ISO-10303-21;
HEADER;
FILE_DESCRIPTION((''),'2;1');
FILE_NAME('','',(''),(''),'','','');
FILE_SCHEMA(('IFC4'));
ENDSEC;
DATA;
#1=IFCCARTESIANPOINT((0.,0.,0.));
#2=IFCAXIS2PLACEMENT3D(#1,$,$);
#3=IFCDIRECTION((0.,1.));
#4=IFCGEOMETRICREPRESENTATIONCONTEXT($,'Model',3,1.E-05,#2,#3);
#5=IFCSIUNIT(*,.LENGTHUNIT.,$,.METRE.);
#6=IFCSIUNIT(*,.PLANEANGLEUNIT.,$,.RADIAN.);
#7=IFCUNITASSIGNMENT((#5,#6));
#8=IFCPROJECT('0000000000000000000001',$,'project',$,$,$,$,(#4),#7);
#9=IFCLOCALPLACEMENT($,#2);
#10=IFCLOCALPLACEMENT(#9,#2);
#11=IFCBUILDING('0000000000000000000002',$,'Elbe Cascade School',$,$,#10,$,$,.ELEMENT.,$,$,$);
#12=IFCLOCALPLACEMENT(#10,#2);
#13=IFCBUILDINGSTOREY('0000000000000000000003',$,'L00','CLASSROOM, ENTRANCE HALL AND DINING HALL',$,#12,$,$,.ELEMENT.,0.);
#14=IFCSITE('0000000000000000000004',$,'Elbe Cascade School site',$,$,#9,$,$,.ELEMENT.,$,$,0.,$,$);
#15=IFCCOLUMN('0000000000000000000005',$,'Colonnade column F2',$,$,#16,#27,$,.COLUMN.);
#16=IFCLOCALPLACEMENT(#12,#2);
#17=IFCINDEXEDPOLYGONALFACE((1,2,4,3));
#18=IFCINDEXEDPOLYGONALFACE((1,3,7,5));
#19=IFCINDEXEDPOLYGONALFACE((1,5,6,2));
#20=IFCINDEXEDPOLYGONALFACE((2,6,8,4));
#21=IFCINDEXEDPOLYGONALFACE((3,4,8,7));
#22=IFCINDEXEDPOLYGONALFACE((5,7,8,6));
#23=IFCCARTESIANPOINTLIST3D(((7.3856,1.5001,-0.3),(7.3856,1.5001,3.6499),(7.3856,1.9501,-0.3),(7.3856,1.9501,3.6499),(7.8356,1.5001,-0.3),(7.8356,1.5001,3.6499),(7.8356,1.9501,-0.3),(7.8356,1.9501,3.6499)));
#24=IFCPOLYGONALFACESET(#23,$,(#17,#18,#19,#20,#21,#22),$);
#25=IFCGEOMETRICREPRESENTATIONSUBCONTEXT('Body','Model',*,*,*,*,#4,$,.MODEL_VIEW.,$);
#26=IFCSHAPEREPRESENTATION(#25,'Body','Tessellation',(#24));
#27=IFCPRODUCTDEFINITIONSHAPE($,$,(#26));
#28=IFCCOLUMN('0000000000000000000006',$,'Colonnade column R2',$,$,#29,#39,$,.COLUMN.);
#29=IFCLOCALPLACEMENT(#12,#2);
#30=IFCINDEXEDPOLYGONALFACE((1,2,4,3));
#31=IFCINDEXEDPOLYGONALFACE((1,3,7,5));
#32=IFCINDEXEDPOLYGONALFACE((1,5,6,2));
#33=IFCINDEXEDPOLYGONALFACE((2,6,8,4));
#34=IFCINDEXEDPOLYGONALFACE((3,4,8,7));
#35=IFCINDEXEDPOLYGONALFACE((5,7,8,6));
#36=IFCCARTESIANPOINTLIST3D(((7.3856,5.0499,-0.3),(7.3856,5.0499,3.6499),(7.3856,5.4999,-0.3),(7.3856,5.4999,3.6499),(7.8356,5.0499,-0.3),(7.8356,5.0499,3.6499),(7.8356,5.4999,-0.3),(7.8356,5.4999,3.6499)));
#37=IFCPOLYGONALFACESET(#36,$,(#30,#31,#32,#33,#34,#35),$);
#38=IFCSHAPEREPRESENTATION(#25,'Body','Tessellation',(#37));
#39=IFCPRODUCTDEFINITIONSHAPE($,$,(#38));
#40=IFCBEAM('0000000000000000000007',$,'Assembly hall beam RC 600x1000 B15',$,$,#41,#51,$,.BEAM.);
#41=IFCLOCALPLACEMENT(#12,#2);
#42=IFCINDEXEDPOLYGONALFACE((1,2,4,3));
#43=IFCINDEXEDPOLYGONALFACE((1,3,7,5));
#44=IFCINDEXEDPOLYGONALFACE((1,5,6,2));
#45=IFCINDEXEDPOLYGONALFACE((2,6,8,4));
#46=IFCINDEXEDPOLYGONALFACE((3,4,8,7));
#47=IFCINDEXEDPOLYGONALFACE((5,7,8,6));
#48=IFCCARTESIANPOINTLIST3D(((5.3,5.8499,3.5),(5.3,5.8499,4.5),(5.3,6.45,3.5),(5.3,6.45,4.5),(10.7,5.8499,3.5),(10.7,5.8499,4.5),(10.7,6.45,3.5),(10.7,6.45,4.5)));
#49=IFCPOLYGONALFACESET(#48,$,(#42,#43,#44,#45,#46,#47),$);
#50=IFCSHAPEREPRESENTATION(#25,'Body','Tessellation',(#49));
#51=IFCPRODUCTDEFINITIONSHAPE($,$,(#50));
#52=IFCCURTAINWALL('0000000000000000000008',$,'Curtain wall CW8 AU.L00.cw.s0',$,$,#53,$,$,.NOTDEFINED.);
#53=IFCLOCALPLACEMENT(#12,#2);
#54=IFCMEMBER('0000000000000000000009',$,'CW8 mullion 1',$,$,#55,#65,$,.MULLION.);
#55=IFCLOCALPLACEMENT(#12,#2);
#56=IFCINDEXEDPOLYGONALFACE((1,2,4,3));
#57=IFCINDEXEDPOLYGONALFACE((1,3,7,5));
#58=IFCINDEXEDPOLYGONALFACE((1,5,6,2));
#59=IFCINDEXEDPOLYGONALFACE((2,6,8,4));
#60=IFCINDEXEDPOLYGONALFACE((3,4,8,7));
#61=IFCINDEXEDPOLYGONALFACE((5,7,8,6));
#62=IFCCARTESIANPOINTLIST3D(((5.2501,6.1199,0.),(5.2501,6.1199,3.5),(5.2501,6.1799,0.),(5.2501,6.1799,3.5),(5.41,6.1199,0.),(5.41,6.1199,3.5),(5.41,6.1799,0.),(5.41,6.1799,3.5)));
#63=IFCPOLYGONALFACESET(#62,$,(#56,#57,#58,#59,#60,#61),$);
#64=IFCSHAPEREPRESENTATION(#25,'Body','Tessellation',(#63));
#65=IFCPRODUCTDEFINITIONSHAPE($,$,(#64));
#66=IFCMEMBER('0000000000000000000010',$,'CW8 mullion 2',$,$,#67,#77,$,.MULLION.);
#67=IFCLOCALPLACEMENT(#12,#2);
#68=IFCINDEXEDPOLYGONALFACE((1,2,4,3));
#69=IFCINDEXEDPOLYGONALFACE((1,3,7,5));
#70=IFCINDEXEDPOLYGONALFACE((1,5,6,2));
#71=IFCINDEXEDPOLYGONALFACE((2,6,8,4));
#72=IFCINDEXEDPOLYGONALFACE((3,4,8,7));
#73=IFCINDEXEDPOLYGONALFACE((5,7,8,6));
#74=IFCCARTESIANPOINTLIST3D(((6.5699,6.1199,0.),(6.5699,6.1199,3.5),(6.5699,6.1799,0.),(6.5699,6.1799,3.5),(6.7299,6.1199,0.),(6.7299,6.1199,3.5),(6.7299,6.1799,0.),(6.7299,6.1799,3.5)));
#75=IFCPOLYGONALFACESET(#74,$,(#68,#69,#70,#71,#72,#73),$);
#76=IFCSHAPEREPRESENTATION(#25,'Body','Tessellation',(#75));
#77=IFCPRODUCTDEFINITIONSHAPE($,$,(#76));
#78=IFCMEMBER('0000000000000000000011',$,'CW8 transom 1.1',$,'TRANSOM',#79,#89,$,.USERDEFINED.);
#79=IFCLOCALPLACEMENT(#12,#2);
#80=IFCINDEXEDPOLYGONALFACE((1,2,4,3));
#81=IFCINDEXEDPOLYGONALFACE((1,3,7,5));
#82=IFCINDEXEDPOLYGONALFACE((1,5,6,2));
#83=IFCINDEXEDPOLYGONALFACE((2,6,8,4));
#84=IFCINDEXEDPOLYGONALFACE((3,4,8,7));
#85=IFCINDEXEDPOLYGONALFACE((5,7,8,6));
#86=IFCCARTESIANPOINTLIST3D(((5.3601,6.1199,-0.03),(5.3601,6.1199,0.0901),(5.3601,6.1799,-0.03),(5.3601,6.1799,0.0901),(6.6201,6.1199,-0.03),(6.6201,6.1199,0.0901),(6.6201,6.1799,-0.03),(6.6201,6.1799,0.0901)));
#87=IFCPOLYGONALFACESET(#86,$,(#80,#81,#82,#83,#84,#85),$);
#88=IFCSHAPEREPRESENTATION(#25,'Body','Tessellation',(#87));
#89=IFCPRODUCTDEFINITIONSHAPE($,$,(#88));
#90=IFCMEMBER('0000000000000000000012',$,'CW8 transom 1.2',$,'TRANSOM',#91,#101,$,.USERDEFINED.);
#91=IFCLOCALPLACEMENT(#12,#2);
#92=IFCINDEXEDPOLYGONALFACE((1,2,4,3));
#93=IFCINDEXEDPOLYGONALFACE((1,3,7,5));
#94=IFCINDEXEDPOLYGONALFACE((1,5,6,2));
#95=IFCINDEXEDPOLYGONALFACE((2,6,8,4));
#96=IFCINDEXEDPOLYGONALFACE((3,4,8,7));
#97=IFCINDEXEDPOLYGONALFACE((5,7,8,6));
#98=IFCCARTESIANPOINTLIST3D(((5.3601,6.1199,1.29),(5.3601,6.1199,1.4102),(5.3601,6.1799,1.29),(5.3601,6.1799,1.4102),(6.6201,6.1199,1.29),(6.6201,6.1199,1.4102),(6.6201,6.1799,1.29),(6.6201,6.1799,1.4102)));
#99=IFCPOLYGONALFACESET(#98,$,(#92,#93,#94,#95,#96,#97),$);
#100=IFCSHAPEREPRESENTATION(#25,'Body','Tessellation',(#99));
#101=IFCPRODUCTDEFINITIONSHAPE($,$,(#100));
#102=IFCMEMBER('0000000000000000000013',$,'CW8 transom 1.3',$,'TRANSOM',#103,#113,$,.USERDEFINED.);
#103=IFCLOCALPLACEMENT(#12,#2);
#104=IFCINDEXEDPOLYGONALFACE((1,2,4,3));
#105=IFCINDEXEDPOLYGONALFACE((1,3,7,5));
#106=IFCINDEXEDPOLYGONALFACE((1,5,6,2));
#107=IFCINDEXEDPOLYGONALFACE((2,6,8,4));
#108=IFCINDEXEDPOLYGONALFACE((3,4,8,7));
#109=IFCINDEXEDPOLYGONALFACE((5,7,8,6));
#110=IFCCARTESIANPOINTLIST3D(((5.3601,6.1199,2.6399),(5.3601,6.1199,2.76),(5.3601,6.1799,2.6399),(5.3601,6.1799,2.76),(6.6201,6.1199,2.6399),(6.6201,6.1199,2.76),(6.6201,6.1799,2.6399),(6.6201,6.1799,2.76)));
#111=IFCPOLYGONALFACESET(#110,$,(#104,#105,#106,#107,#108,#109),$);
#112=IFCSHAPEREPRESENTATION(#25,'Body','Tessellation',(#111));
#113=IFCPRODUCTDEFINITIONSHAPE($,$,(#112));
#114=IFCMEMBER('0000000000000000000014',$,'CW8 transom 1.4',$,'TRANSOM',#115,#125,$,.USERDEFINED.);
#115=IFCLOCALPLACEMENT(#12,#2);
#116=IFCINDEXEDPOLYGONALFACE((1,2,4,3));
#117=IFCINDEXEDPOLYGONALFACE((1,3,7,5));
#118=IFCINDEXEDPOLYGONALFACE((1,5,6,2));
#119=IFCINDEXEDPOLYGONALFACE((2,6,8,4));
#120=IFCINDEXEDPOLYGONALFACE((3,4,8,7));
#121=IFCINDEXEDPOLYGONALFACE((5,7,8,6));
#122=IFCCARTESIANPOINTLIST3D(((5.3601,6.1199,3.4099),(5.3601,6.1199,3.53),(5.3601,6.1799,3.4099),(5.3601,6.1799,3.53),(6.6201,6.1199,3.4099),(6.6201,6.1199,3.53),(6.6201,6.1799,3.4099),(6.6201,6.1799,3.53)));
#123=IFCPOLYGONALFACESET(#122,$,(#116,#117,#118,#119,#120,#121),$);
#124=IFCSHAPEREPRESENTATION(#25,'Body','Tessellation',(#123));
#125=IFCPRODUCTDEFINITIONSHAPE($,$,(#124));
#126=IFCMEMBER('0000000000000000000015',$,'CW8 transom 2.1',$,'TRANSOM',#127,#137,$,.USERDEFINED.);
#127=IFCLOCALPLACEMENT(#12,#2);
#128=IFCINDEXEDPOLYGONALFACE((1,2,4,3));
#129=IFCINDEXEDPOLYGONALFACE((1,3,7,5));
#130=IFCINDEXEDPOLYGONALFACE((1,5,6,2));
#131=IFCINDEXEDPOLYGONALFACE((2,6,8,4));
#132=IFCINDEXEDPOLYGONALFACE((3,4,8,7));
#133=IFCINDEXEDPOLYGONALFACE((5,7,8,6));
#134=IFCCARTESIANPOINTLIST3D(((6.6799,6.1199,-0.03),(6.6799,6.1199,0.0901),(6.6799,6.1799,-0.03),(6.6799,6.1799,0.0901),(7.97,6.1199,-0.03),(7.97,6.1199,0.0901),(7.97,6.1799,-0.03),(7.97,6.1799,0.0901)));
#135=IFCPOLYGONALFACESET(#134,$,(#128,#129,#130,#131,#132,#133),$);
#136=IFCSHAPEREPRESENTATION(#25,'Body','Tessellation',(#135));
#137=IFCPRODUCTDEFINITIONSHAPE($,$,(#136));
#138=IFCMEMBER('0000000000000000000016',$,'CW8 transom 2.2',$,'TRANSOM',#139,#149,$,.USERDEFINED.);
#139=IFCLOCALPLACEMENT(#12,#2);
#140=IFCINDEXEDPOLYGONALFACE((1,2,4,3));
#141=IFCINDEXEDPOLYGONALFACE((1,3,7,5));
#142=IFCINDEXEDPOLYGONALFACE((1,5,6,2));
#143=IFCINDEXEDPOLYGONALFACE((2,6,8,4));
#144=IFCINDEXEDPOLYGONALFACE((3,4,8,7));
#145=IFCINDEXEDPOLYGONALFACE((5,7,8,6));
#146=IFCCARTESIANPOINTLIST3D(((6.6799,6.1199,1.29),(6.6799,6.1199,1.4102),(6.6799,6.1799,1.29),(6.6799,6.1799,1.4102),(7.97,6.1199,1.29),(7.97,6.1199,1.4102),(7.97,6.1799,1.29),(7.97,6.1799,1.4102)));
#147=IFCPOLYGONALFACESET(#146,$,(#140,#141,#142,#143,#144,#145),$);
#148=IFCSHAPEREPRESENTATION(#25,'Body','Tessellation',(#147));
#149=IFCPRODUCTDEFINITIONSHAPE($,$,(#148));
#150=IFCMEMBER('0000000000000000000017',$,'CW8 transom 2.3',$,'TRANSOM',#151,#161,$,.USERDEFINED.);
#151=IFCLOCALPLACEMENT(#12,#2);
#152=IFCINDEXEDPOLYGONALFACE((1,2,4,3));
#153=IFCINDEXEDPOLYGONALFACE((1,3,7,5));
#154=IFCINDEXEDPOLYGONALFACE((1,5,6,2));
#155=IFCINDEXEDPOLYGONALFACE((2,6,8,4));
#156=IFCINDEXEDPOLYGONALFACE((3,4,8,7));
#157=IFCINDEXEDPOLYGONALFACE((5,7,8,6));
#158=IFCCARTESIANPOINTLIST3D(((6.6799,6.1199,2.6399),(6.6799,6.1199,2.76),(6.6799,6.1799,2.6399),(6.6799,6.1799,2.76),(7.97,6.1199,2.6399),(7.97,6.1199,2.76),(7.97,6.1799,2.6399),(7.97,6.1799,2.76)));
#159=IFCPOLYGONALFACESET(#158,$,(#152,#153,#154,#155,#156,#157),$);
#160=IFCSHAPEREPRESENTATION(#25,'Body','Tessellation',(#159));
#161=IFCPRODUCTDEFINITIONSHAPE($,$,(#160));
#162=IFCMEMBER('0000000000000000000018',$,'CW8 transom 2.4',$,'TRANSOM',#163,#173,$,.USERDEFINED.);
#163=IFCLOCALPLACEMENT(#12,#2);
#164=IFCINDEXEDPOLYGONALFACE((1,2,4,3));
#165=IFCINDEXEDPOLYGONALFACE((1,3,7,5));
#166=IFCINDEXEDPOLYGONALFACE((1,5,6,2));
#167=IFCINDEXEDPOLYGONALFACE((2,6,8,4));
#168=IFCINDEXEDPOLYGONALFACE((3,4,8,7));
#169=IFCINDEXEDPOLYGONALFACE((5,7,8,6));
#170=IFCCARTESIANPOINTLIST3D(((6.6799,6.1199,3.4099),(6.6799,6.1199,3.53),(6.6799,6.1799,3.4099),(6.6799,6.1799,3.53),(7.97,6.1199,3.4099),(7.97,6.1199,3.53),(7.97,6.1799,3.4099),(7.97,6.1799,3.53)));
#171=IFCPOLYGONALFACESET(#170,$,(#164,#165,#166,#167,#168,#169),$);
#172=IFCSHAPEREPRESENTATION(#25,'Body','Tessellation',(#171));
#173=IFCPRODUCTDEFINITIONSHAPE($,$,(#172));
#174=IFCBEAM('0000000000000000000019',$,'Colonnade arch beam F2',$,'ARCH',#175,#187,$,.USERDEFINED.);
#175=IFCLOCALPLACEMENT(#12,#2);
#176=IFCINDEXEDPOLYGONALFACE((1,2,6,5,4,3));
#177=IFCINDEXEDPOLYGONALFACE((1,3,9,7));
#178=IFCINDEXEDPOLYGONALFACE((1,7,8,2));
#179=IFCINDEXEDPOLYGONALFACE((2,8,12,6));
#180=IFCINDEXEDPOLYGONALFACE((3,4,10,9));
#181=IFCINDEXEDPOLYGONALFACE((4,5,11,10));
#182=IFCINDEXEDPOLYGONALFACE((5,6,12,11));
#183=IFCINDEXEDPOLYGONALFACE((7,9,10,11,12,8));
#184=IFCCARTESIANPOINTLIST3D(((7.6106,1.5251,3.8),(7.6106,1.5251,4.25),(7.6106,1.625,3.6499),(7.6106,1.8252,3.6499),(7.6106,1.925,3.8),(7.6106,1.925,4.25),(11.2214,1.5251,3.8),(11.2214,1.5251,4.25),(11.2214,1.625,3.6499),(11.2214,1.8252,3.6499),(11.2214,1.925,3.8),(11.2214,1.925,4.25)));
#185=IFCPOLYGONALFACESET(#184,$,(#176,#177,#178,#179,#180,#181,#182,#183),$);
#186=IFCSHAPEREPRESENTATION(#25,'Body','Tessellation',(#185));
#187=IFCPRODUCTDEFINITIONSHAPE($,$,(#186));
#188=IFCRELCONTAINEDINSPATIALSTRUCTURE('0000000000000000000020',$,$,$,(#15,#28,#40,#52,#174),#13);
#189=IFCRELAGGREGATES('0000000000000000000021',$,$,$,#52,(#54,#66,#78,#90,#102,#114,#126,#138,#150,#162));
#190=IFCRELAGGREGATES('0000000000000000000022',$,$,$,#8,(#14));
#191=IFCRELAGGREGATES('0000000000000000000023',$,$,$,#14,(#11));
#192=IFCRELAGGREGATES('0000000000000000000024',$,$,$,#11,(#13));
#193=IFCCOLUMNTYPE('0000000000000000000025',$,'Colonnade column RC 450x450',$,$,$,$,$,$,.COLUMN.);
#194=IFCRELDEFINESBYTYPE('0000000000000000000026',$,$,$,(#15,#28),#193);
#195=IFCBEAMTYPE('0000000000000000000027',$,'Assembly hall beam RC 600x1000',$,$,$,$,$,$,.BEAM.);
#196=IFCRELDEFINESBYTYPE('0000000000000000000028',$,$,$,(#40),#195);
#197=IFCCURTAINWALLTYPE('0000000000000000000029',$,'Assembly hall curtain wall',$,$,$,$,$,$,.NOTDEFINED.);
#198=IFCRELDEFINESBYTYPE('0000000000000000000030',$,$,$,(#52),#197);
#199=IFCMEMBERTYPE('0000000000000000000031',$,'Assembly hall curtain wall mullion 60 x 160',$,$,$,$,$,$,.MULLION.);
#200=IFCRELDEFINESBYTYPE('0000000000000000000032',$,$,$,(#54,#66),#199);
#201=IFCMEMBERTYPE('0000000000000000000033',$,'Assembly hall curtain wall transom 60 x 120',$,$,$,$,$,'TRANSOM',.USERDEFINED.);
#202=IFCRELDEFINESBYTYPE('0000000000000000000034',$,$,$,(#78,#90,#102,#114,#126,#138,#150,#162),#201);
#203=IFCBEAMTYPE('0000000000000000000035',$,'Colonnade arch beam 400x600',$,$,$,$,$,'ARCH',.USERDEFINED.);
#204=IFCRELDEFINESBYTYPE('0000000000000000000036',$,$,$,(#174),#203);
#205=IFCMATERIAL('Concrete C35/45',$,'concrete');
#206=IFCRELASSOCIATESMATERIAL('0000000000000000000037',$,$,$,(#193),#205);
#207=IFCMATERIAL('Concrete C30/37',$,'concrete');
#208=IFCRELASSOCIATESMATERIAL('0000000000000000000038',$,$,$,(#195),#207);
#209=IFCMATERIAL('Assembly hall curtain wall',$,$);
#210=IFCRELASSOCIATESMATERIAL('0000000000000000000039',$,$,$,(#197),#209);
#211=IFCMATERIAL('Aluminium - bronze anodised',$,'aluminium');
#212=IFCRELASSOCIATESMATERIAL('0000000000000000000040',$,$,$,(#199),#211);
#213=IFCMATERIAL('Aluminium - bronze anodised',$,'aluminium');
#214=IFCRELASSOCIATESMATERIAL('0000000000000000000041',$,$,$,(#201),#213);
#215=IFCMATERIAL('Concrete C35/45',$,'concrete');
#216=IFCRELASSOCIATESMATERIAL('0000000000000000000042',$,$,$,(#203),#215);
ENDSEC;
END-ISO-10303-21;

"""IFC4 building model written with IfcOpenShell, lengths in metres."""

from ifc_helpers import new_model, si_unit, direction, frame, origin, origin_2d, place, context, subcontext, project, spatial, polyline, rectangle, outline, extrude, material, material_profile, profile_set, type_object, element, aggregate, save


model = new_model("IFC4")

# Units and contexts
model_context = context("Model", 3, precision=1e-05, world=origin(), true_north=direction((0.0, 1.0)))
body_context = subcontext(model_context, "Body", "Model", "MODEL_VIEW")
ifc_project = project(units=[si_unit("LENGTHUNIT", "METRE"), si_unit("PLANEANGLEUNIT", "RADIAN")], contexts=[model_context])

# Site, building, storey
site_placement = place(None, origin())
site = spatial("IfcSite", under=ifc_project, at=site_placement, Name="Elbe Cascade School site", CompositionType="ELEMENT", RefElevation=0.0)
building_placement = place(site_placement, origin())
building = spatial("IfcBuilding", under=site, at=building_placement, Name="Elbe Cascade School", CompositionType="ELEMENT")
storey_placement = place(building_placement, origin())
storey = spatial("IfcBuildingStorey", under=building, at=storey_placement, Name="L00", Description="CLASSROOM, ENTRANCE HALL AND DINING HALL", CompositionType="ELEMENT", Elevation=0.0)

# Columns
ifc_material_1 = material(Name="Concrete C35/45", Category="concrete")
ifc_material_profile_1 = material_profile(ifc_material_1, rectangle(XDim=0.45, YDim=0.45, at=origin_2d()), Name="RC 450x450")
ifc_profile_set_1 = profile_set([ifc_material_profile_1], Name="Concrete C35/45")
column_type = type_object("IfcColumnType", Name="Colonnade column RC 450x450", PredefinedType="COLUMN", material=ifc_profile_set_1)
for number, where, z_axis, x_axis, name in (
    (1, (7.6106, 1.7251, -0.3), (0.0, 0.0, 1.0), (1.0, 0.0, 0.0), "Colonnade column F2"),
    (2, (7.6106, 5.2749, -0.3), (0.0, 0.0, 1.0), (1.0, 0.0, 0.0), "Colonnade column R2"),
):
    element("IfcColumn", number, at=place(storey_placement, frame(where, z_axis=z_axis, x_axis=x_axis)), inside=storey, type_object=column_type, Name=name, PredefinedType="COLUMN", context=body_context, shape_type="SweptSolid", body=[
        extrude(rectangle(XDim=0.45, YDim=0.45, at=origin_2d()), origin(), (0.0, 0.0, 1.0), 3.95),
    ])

# Beam
ifc_material_2 = material(Name="Concrete C30/37", Category="concrete")
ifc_material_profile_2 = material_profile(ifc_material_2, rectangle(XDim=0.6001, YDim=1.0, at=origin_2d()), Name="RC 600x1000")
ifc_profile_set_2 = profile_set([ifc_material_profile_2], Name="Concrete C30/37")
beam_type_1 = type_object("IfcBeamType", Name="Assembly hall beam RC 600x1000", PredefinedType="BEAM", material=ifc_profile_set_2)
beam_1_placement = place(storey_placement, frame((5.3, 6.1499, 4.0), z_axis=(1.0, 0.0, 0.0), x_axis=(0.0, 1.0, 0.0)))
element("IfcBeam", 3, at=beam_1_placement, inside=storey, type_object=beam_type_1, Name="Assembly hall beam RC 600x1000 B15", PredefinedType="BEAM", context=body_context, shape_type="SweptSolid", body=[
    extrude(rectangle(XDim=0.6001, YDim=1.0, at=origin_2d()), origin(), (0.0, 0.0, 1.0), 5.3999),
])

# Curtain wall, members
ifc_material_3 = material(Name="Assembly hall curtain wall")
curtain_wall_type = type_object("IfcCurtainWallType", Name="Assembly hall curtain wall", PredefinedType="NOTDEFINED", material=ifc_material_3)
curtain_wall_placement = place(storey_placement, origin())
curtain_wall = element("IfcCurtainWall", 4, at=curtain_wall_placement, inside=storey, type_object=curtain_wall_type, Name="Curtain wall CW8 AU.L00.cw.s0", PredefinedType="NOTDEFINED")
ifc_material_4 = material(Name="Aluminium - bronze anodised", Category="aluminium")
ifc_material_profile_3 = material_profile(ifc_material_4, rectangle(XDim=0.0601, YDim=0.1599, at=origin_2d()), Name="RECT 60x160")
ifc_profile_set_3 = profile_set([ifc_material_profile_3], Name="Aluminium - bronze anodised")
member_type_1 = type_object("IfcMemberType", Name="Assembly hall curtain wall mullion 60 x 160", PredefinedType="MULLION", material=ifc_profile_set_3)
member_1_placement = place(storey_placement, frame((5.3301, 6.1499, 0.0), z_axis=(0.0, 0.0, 1.0), x_axis=(0.0, 1.0, 0.0)))
member_1 = element("IfcMember", 5, at=member_1_placement, type_object=member_type_1, Name="CW8 mullion 1", PredefinedType="MULLION", context=body_context, shape_type="SweptSolid", body=[
    extrude(rectangle(XDim=0.0601, YDim=0.1599, at=origin_2d()), origin(), (0.0, 0.0, 1.0), 3.5),
])
member_2_placement = place(storey_placement, frame((6.6499, 6.1499, 0.0), z_axis=(0.0, 0.0, 1.0), x_axis=(0.0, 1.0, 0.0)))
member_2 = element("IfcMember", 6, at=member_2_placement, type_object=member_type_1, Name="CW8 mullion 2", PredefinedType="MULLION", context=body_context, shape_type="SweptSolid", body=[
    extrude(rectangle(XDim=0.0601, YDim=0.1599, at=origin_2d()), origin(), (0.0, 0.0, 1.0), 3.5),
])
ifc_material_5 = material(Name="Aluminium - bronze anodised", Category="aluminium")
ifc_material_profile_4 = material_profile(ifc_material_5, rectangle(XDim=0.0601, YDim=0.1201, at=origin_2d()), Name="RECT 60x120")
ifc_profile_set_4 = profile_set([ifc_material_profile_4], Name="Aluminium - bronze anodised")
member_type_2 = type_object("IfcMemberType", Name="Assembly hall curtain wall transom 60 x 120", ElementType="TRANSOM", PredefinedType="USERDEFINED", material=ifc_profile_set_4)
member_3_placement = place(storey_placement, frame((5.3601, 6.1499, 0.03), z_axis=(1.0, 0.0, 0.0), x_axis=(0.0, 1.0, 0.0)))
member_3 = element("IfcMember", 7, at=member_3_placement, type_object=member_type_2, Name="CW8 transom 1.1", ObjectType="TRANSOM", PredefinedType="USERDEFINED", context=body_context, shape_type="SweptSolid", body=[
    extrude(rectangle(XDim=0.0601, YDim=0.1201, at=origin_2d()), origin(), (0.0, 0.0, 1.0), 1.26),
])
member_4_placement = place(storey_placement, frame((5.3601, 6.1499, 1.3501), z_axis=(1.0, 0.0, 0.0), x_axis=(0.0, 1.0, 0.0)))
member_4 = element("IfcMember", 8, at=member_4_placement, type_object=member_type_2, Name="CW8 transom 1.2", ObjectType="TRANSOM", PredefinedType="USERDEFINED", context=body_context, shape_type="SweptSolid", body=[
    extrude(rectangle(XDim=0.0601, YDim=0.1201, at=origin_2d()), origin(), (0.0, 0.0, 1.0), 1.26),
])
member_5_placement = place(storey_placement, frame((5.3601, 6.1499, 2.7), z_axis=(1.0, 0.0, 0.0), x_axis=(0.0, 1.0, 0.0)))
member_5 = element("IfcMember", 9, at=member_5_placement, type_object=member_type_2, Name="CW8 transom 1.3", ObjectType="TRANSOM", PredefinedType="USERDEFINED", context=body_context, shape_type="SweptSolid", body=[
    extrude(rectangle(XDim=0.0601, YDim=0.1201, at=origin_2d()), origin(), (0.0, 0.0, 1.0), 1.26),
])
member_6_placement = place(storey_placement, frame((5.3601, 6.1499, 3.47), z_axis=(1.0, 0.0, 0.0), x_axis=(0.0, 1.0, 0.0)))
member_6 = element("IfcMember", 10, at=member_6_placement, type_object=member_type_2, Name="CW8 transom 1.4", ObjectType="TRANSOM", PredefinedType="USERDEFINED", context=body_context, shape_type="SweptSolid", body=[
    extrude(rectangle(XDim=0.0601, YDim=0.1201, at=origin_2d()), origin(), (0.0, 0.0, 1.0), 1.26),
])
member_7_placement = place(storey_placement, frame((6.6799, 6.1499, 0.03), z_axis=(1.0, 0.0, 0.0), x_axis=(0.0, 1.0, 0.0)))
member_7 = element("IfcMember", 11, at=member_7_placement, type_object=member_type_2, Name="CW8 transom 2.1", ObjectType="TRANSOM", PredefinedType="USERDEFINED", context=body_context, shape_type="SweptSolid", body=[
    extrude(rectangle(XDim=0.0601, YDim=0.1201, at=origin_2d()), origin(), (0.0, 0.0, 1.0), 1.29),
])
member_8_placement = place(storey_placement, frame((6.6799, 6.1499, 1.3501), z_axis=(1.0, 0.0, 0.0), x_axis=(0.0, 1.0, 0.0)))
member_8 = element("IfcMember", 12, at=member_8_placement, type_object=member_type_2, Name="CW8 transom 2.2", ObjectType="TRANSOM", PredefinedType="USERDEFINED", context=body_context, shape_type="SweptSolid", body=[
    extrude(rectangle(XDim=0.0601, YDim=0.1201, at=origin_2d()), origin(), (0.0, 0.0, 1.0), 1.29),
])
member_9_placement = place(storey_placement, frame((6.6799, 6.1499, 2.7), z_axis=(1.0, 0.0, 0.0), x_axis=(0.0, 1.0, 0.0)))
member_9 = element("IfcMember", 13, at=member_9_placement, type_object=member_type_2, Name="CW8 transom 2.3", ObjectType="TRANSOM", PredefinedType="USERDEFINED", context=body_context, shape_type="SweptSolid", body=[
    extrude(rectangle(XDim=0.0601, YDim=0.1201, at=origin_2d()), origin(), (0.0, 0.0, 1.0), 1.29),
])
member_10_placement = place(storey_placement, frame((6.6799, 6.1499, 3.47), z_axis=(1.0, 0.0, 0.0), x_axis=(0.0, 1.0, 0.0)))
member_10 = element("IfcMember", 14, at=member_10_placement, type_object=member_type_2, Name="CW8 transom 2.4", ObjectType="TRANSOM", PredefinedType="USERDEFINED", context=body_context, shape_type="SweptSolid", body=[
    extrude(rectangle(XDim=0.0601, YDim=0.1201, at=origin_2d()), origin(), (0.0, 0.0, 1.0), 1.29),
])

# Beam
ifc_material_6 = material(Name="Concrete C35/45", Category="concrete")
ifc_material_profile_5 = material_profile(ifc_material_6, outline(polyline([(-0.2, 0.3), (0.2, 0.3), (0.2, -0.1499), (0.1001, -0.3), (-0.1001, -0.3), (-0.2, -0.1499), (-0.2, 0.3)])), Name="RC arch 400x600")
ifc_profile_set_5 = profile_set([ifc_material_profile_5], Name="Concrete C35/45")
beam_type_2 = type_object("IfcBeamType", Name="Colonnade arch beam 400x600", ElementType="ARCH", PredefinedType="USERDEFINED", material=ifc_profile_set_5)
for number, where, z_axis, x_axis, name in (
    (15, (7.6106, 1.7251, 3.95), (1.0, 0.0, 0.0), (0.0, 1.0, 0.0), "Colonnade arch beam F2"),
):
    element("IfcBeam", number, at=place(storey_placement, frame(where, z_axis=z_axis, x_axis=x_axis)), inside=storey, type_object=beam_type_2, Name=name, ObjectType="ARCH", PredefinedType="USERDEFINED", context=body_context, shape_type="SweptSolid", body=[
        extrude(outline(polyline([(-0.2, 0.3), (0.2, 0.3), (0.2, -0.1499), (0.1001, -0.3), (-0.1001, -0.3), (-0.2, -0.1499), (-0.2, 0.3)])), origin(), (0.0, 0.0, 1.0), 3.6108),
    ])

aggregate(curtain_wall, [member_1, member_2, member_3, member_4, member_5, member_6, member_7, member_8, member_9, member_10])

save(model, "model.ifc")
